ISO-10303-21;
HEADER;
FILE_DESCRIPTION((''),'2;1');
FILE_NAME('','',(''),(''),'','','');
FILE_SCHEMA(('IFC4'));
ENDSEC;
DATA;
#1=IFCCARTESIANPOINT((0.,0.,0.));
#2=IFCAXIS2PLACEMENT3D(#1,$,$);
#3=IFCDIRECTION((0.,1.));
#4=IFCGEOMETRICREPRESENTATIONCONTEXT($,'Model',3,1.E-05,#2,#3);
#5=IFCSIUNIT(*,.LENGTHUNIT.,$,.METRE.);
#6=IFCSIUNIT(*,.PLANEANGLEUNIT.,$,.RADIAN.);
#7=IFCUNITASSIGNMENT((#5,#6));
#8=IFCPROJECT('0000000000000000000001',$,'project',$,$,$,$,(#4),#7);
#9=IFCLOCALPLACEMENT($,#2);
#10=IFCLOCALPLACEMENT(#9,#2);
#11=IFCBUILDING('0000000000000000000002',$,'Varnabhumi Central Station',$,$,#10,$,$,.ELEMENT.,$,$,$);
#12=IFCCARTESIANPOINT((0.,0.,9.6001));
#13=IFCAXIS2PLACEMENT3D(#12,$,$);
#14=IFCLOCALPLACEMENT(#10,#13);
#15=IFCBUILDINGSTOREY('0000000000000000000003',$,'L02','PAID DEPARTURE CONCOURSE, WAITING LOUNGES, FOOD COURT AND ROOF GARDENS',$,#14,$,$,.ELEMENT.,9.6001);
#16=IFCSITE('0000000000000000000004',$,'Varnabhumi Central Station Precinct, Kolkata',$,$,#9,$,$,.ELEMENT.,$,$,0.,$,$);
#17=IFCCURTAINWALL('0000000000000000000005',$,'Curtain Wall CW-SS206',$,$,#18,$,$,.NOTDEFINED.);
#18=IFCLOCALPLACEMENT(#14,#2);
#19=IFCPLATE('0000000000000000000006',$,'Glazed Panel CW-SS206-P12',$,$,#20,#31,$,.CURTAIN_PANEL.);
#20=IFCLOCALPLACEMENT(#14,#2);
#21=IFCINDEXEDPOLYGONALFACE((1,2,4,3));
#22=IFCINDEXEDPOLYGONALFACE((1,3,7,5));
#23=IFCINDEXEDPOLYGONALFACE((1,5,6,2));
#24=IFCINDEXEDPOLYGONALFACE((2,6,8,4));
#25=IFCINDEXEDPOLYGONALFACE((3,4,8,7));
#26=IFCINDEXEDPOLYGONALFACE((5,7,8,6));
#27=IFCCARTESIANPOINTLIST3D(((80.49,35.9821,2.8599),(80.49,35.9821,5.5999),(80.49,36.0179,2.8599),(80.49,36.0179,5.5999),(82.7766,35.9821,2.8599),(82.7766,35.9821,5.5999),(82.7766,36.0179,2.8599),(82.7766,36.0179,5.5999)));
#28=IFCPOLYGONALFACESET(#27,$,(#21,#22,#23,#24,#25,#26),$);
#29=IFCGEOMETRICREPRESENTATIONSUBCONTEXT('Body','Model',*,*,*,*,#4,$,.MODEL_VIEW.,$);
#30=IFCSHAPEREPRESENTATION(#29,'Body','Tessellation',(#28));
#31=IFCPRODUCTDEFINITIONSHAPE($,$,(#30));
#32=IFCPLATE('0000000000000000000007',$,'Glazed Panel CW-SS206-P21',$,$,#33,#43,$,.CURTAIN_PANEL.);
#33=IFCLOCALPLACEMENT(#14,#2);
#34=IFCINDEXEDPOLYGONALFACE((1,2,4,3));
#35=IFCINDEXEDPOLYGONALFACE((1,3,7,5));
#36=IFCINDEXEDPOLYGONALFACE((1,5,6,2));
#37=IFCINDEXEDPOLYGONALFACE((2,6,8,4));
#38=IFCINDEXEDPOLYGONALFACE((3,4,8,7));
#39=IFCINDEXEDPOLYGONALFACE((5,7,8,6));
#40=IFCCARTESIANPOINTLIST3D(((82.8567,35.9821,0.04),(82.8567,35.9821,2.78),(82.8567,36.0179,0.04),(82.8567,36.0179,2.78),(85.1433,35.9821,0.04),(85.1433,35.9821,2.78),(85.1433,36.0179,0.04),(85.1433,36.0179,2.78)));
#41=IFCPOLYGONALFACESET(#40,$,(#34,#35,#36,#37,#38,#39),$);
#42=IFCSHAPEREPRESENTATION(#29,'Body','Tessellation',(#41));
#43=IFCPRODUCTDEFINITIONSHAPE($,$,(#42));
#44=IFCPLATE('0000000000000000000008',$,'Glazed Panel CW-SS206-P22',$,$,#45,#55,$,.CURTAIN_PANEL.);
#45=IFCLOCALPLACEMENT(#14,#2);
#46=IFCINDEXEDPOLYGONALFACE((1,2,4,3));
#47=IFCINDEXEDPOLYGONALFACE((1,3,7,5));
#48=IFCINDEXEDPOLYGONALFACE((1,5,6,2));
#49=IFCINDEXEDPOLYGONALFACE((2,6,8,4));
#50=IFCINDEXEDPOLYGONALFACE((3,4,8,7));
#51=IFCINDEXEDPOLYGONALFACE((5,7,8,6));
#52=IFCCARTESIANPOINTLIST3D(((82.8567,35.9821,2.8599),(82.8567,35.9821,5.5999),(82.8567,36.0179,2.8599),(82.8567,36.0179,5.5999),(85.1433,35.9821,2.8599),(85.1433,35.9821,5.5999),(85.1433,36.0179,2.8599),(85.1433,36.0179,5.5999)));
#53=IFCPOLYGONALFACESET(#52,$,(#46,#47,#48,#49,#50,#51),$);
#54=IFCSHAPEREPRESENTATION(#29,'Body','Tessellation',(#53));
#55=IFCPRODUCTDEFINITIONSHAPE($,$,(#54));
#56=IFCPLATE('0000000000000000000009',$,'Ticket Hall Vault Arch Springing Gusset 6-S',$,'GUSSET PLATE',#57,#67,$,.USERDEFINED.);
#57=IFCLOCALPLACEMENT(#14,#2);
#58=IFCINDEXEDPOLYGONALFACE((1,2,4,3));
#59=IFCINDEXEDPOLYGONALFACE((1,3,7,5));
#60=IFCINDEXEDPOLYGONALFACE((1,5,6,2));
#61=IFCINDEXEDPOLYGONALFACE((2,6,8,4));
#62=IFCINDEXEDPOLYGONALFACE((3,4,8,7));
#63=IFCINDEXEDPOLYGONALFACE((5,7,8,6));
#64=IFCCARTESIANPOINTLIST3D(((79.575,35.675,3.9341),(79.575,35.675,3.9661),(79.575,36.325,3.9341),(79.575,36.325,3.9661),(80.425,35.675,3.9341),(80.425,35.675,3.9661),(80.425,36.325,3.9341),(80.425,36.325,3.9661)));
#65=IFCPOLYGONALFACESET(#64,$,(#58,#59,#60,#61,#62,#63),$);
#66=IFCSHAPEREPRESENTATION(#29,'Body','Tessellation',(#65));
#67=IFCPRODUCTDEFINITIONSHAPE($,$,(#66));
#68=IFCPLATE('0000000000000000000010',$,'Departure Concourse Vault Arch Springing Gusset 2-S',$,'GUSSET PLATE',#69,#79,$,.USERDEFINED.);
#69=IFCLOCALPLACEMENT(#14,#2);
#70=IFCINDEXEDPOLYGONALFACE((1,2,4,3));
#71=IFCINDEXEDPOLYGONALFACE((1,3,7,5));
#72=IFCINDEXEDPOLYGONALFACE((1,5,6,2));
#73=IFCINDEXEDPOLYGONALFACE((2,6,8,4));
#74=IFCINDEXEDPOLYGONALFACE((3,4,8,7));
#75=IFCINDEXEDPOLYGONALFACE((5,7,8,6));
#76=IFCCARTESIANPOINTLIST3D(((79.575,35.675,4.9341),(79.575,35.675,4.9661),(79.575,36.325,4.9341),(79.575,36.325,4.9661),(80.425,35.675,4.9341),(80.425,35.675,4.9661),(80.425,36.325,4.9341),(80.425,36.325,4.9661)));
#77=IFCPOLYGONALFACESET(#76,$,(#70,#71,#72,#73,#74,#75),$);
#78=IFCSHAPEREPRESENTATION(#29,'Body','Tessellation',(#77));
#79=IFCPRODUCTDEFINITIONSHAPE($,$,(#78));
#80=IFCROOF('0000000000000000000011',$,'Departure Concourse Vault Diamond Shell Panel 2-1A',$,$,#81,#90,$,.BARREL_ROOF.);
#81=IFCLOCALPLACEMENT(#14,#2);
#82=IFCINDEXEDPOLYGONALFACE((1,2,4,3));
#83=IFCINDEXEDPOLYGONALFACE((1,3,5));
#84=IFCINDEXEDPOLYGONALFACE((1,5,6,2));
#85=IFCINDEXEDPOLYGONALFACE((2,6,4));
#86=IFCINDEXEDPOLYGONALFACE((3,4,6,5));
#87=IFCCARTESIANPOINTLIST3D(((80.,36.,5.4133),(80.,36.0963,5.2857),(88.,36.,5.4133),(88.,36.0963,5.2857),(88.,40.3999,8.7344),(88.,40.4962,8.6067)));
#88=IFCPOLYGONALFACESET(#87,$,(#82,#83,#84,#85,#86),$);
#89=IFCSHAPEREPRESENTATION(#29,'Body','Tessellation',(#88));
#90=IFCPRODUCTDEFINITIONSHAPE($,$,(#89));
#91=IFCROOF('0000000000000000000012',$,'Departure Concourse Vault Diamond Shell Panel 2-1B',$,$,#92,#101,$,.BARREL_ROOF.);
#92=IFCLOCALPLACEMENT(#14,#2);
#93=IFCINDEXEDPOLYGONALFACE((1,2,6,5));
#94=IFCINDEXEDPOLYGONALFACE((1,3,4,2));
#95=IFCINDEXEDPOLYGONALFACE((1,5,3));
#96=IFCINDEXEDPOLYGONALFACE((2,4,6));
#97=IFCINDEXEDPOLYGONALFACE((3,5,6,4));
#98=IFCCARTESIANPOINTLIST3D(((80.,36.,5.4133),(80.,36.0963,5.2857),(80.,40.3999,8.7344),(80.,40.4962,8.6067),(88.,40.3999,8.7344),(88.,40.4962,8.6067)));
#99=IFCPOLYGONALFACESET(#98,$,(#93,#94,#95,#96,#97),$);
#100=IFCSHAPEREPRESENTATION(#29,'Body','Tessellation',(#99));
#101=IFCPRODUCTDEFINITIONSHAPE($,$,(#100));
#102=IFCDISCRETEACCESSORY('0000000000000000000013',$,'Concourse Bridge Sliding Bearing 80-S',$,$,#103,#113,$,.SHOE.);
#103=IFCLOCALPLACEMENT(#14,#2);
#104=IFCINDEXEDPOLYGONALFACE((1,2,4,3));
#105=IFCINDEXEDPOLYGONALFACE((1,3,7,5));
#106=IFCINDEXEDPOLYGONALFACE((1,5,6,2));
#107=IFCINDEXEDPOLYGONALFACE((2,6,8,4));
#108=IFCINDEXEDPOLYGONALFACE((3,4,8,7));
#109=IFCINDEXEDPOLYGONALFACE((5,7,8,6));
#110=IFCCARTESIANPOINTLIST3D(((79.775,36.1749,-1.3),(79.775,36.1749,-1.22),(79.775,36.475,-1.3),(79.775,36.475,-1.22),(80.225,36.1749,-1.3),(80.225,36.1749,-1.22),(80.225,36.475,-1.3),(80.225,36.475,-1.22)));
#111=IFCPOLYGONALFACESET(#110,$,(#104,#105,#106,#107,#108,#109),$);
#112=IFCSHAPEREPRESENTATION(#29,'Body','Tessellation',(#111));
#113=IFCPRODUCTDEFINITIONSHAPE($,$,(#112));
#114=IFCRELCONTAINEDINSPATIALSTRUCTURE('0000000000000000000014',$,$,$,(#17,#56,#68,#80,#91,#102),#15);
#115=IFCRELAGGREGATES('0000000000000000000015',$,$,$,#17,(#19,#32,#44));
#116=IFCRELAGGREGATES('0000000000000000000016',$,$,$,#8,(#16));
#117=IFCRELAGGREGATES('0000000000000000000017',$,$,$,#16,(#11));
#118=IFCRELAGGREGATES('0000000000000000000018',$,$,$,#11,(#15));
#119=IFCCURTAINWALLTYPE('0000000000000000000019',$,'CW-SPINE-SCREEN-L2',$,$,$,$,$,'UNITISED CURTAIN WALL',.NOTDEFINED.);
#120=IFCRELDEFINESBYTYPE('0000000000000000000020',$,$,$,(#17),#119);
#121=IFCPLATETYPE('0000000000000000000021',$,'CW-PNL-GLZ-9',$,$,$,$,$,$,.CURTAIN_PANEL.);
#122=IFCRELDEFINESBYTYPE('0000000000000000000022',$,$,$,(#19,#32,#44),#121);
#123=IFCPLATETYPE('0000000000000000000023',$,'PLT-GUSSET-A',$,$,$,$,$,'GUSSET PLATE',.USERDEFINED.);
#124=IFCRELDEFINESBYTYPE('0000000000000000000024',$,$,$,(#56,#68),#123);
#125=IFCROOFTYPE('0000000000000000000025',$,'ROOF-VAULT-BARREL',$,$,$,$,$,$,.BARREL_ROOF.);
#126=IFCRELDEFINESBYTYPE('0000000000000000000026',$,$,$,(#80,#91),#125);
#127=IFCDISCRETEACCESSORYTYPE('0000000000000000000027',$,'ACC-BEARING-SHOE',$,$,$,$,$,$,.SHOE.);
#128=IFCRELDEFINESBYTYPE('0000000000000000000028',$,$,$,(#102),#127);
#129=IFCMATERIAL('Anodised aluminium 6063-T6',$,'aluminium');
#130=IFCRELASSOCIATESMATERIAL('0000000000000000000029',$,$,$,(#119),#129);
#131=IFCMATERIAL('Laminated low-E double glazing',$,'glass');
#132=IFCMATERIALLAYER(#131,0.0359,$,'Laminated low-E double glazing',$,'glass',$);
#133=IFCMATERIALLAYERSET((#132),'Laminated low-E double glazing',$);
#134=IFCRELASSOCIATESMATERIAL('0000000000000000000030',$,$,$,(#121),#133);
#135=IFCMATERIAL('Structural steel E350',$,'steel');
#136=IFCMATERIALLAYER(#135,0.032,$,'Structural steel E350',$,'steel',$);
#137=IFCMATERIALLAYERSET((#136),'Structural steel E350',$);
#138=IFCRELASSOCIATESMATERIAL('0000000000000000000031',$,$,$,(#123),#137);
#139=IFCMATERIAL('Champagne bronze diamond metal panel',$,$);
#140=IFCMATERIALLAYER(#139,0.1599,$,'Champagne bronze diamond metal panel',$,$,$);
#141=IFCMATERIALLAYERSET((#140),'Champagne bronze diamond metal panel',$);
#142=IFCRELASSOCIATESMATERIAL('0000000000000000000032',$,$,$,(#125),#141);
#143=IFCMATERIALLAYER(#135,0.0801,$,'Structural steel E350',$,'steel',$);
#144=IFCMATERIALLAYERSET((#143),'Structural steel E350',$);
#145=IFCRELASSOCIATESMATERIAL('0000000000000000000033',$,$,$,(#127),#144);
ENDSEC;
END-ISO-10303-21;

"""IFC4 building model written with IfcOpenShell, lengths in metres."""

from ifc_helpers import new_model, si_unit, direction, frame, origin, origin_2d, place, context, subcontext, project, spatial, polyline, rectangle, outline, extrude, material, layer, layer_set, type_object, element, aggregate, save


model = new_model("IFC4")

# Units and contexts
model_context = context("Model", 3, precision=1e-05, world=origin(), true_north=direction((0.0, 1.0)))
body_context = subcontext(model_context, "Body", "Model", "MODEL_VIEW")
ifc_project = project(units=[si_unit("LENGTHUNIT", "METRE"), si_unit("PLANEANGLEUNIT", "RADIAN")], contexts=[model_context])

# Site, building, storey
site_placement = place(None, origin())
site = spatial("IfcSite", under=ifc_project, at=site_placement, Name="Varnabhumi Central Station Precinct, Kolkata", CompositionType="ELEMENT", RefElevation=0.0)
building_placement = place(site_placement, origin())
building = spatial("IfcBuilding", under=site, at=building_placement, Name="Varnabhumi Central Station", CompositionType="ELEMENT")
storey_placement = place(building_placement, frame((0.0, 0.0, 9.6001)))
storey = spatial("IfcBuildingStorey", under=building, at=storey_placement, Name="L02", Description="PAID DEPARTURE CONCOURSE, WAITING LOUNGES, FOOD COURT AND ROOF GARDENS", CompositionType="ELEMENT", Elevation=9.6001)

# Shared definitions
ifc_material_1 = material(Name="Structural steel E350", Category="steel")

# Curtain wall
ifc_material_2 = material(Name="Anodised aluminium 6063-T6", Category="aluminium")
curtain_wall_type = type_object("IfcCurtainWallType", Name="CW-SPINE-SCREEN-L2", ElementType="UNITISED CURTAIN WALL", PredefinedType="NOTDEFINED", material=ifc_material_2)
curtain_wall_placement = place(storey_placement, origin())
curtain_wall = element("IfcCurtainWall", 1, at=curtain_wall_placement, inside=storey, type_object=curtain_wall_type, Name="Curtain Wall CW-SS206", PredefinedType="NOTDEFINED")

# Plates
ifc_material_3 = material(Name="Laminated low-E double glazing", Category="glass")
ifc_layer_1 = layer(ifc_material_3, 0.0359, Name="Laminated low-E double glazing", Category="glass")
ifc_layer_set_1 = layer_set([ifc_layer_1], Name="Laminated low-E double glazing")
plate_type_1 = type_object("IfcPlateType", Name="CW-PNL-GLZ-9", PredefinedType="CURTAIN_PANEL", material=ifc_layer_set_1)
plate_1_placement = place(storey_placement, frame((81.6333, 36.0, 2.8599), z_axis=(0.0, 0.0, 1.0), x_axis=(1.0, 0.0, 0.0)))
plate_1 = element("IfcPlate", 2, at=plate_1_placement, type_object=plate_type_1, Name="Glazed Panel CW-SS206-P12", PredefinedType="CURTAIN_PANEL", context=body_context, shape_type="SweptSolid", body=[
    extrude(rectangle(XDim=2.2866, YDim=0.0359, at=origin_2d()), origin(), (0.0, 0.0, 1.0), 2.74),
])
plate_2_placement = place(storey_placement, frame((84.0, 36.0, 0.04), z_axis=(0.0, 0.0, 1.0), x_axis=(1.0, 0.0, 0.0)))
plate_2 = element("IfcPlate", 3, at=plate_2_placement, type_object=plate_type_1, Name="Glazed Panel CW-SS206-P21", PredefinedType="CURTAIN_PANEL", context=body_context, shape_type="SweptSolid", body=[
    extrude(rectangle(XDim=2.2866, YDim=0.0359, at=origin_2d()), origin(), (0.0, 0.0, 1.0), 2.74),
])
plate_3_placement = place(storey_placement, frame((84.0, 36.0, 2.8599), z_axis=(0.0, 0.0, 1.0), x_axis=(1.0, 0.0, 0.0)))
plate_3 = element("IfcPlate", 4, at=plate_3_placement, type_object=plate_type_1, Name="Glazed Panel CW-SS206-P22", PredefinedType="CURTAIN_PANEL", context=body_context, shape_type="SweptSolid", body=[
    extrude(rectangle(XDim=2.2866, YDim=0.0359, at=origin_2d()), origin(), (0.0, 0.0, 1.0), 2.74),
])
aggregate(curtain_wall, [plate_1, plate_2, plate_3])

# Plates
ifc_layer_2 = layer(ifc_material_1, 0.032, Name="Structural steel E350", Category="steel")
ifc_layer_set_2 = layer_set([ifc_layer_2], Name="Structural steel E350")
plate_type_2 = type_object("IfcPlateType", Name="PLT-GUSSET-A", ElementType="GUSSET PLATE", PredefinedType="USERDEFINED", material=ifc_layer_set_2)
for number, where, z_axis, x_axis, name in (
    (5, (80.0, 36.0, 3.9341), (0.0, 0.0, 1.0), (1.0, 0.0, 0.0), "Ticket Hall Vault Arch Springing Gusset 6-S"),
    (6, (80.0, 36.0, 4.9341), (0.0, 0.0, 1.0), (1.0, 0.0, 0.0), "Departure Concourse Vault Arch Springing Gusset 2-S"),
):
    element("IfcPlate", number, at=place(storey_placement, frame(where, z_axis=z_axis, x_axis=x_axis)), inside=storey, type_object=plate_type_2, Name=name, ObjectType="GUSSET PLATE", PredefinedType="USERDEFINED", context=body_context, shape_type="SweptSolid", body=[
        extrude(rectangle(XDim=0.8501, YDim=0.6499, at=origin_2d()), origin(), (0.0, 0.0, 1.0), 0.032),
    ])

# Roofs
ifc_material_4 = material(Name="Champagne bronze diamond metal panel")
ifc_layer_3 = layer(ifc_material_4, 0.1599, Name="Champagne bronze diamond metal panel")
ifc_layer_set_3 = layer_set([ifc_layer_3], Name="Champagne bronze diamond metal panel")
roof_type = type_object("IfcRoofType", Name="ROOF-VAULT-BARREL", PredefinedType="BARREL_ROOF", material=ifc_layer_set_3)
roof_1_placement = place(storey_placement, frame((80.0, 36.0, 5.4133), z_axis=(0.0, -0.602449, 0.798157), x_axis=(1.0, 0.0, 0.0)))
element("IfcRoof", 7, at=roof_1_placement, inside=storey, type_object=roof_type, Name="Departure Concourse Vault Diamond Shell Panel 2-1A", PredefinedType="BARREL_ROOF", context=body_context, shape_type="SweptSolid", body=[
    extrude(outline(polyline([(0.0, 0.0), (8.0, 0.0), (8.0, 5.5126), (0.0, 0.0)])), origin(), (0.0, 0.0, -1.0), 0.1599),
])
roof_2_placement = place(storey_placement, frame((80.0, 36.0, 5.4133), z_axis=(0.0, -0.602449, 0.798157), x_axis=(0.823437, 0.45288, 0.341834)))
element("IfcRoof", 8, at=roof_2_placement, inside=storey, type_object=roof_type, Name="Departure Concourse Vault Diamond Shell Panel 2-1B", PredefinedType="BARREL_ROOF", context=body_context, shape_type="SweptSolid", body=[
    extrude(outline(polyline([(0.0, 0.0), (9.7154, 0.0), (3.1279, 4.5393), (0.0, 0.0)])), origin(), (0.0, 0.0, -1.0), 0.1599),
])

# Discrete accessory
ifc_layer_4 = layer(ifc_material_1, 0.0801, Name="Structural steel E350", Category="steel")
ifc_layer_set_4 = layer_set([ifc_layer_4], Name="Structural steel E350")
discrete_accessory_type = type_object("IfcDiscreteAccessoryType", Name="ACC-BEARING-SHOE", PredefinedType="SHOE", material=ifc_layer_set_4)
discrete_accessory_placement = place(storey_placement, frame((80.0, 36.325, -1.3), z_axis=(0.0, 0.0, 1.0), x_axis=(1.0, 0.0, 0.0)))
element("IfcDiscreteAccessory", 9, at=discrete_accessory_placement, inside=storey, type_object=discrete_accessory_type, Name="Concourse Bridge Sliding Bearing 80-S", PredefinedType="SHOE", context=body_context, shape_type="SweptSolid", body=[
    extrude(rectangle(XDim=0.45, YDim=0.3, at=origin_2d()), origin(), (0.0, 0.0, 1.0), 0.0801),
])

save(model, "model.ifc")
